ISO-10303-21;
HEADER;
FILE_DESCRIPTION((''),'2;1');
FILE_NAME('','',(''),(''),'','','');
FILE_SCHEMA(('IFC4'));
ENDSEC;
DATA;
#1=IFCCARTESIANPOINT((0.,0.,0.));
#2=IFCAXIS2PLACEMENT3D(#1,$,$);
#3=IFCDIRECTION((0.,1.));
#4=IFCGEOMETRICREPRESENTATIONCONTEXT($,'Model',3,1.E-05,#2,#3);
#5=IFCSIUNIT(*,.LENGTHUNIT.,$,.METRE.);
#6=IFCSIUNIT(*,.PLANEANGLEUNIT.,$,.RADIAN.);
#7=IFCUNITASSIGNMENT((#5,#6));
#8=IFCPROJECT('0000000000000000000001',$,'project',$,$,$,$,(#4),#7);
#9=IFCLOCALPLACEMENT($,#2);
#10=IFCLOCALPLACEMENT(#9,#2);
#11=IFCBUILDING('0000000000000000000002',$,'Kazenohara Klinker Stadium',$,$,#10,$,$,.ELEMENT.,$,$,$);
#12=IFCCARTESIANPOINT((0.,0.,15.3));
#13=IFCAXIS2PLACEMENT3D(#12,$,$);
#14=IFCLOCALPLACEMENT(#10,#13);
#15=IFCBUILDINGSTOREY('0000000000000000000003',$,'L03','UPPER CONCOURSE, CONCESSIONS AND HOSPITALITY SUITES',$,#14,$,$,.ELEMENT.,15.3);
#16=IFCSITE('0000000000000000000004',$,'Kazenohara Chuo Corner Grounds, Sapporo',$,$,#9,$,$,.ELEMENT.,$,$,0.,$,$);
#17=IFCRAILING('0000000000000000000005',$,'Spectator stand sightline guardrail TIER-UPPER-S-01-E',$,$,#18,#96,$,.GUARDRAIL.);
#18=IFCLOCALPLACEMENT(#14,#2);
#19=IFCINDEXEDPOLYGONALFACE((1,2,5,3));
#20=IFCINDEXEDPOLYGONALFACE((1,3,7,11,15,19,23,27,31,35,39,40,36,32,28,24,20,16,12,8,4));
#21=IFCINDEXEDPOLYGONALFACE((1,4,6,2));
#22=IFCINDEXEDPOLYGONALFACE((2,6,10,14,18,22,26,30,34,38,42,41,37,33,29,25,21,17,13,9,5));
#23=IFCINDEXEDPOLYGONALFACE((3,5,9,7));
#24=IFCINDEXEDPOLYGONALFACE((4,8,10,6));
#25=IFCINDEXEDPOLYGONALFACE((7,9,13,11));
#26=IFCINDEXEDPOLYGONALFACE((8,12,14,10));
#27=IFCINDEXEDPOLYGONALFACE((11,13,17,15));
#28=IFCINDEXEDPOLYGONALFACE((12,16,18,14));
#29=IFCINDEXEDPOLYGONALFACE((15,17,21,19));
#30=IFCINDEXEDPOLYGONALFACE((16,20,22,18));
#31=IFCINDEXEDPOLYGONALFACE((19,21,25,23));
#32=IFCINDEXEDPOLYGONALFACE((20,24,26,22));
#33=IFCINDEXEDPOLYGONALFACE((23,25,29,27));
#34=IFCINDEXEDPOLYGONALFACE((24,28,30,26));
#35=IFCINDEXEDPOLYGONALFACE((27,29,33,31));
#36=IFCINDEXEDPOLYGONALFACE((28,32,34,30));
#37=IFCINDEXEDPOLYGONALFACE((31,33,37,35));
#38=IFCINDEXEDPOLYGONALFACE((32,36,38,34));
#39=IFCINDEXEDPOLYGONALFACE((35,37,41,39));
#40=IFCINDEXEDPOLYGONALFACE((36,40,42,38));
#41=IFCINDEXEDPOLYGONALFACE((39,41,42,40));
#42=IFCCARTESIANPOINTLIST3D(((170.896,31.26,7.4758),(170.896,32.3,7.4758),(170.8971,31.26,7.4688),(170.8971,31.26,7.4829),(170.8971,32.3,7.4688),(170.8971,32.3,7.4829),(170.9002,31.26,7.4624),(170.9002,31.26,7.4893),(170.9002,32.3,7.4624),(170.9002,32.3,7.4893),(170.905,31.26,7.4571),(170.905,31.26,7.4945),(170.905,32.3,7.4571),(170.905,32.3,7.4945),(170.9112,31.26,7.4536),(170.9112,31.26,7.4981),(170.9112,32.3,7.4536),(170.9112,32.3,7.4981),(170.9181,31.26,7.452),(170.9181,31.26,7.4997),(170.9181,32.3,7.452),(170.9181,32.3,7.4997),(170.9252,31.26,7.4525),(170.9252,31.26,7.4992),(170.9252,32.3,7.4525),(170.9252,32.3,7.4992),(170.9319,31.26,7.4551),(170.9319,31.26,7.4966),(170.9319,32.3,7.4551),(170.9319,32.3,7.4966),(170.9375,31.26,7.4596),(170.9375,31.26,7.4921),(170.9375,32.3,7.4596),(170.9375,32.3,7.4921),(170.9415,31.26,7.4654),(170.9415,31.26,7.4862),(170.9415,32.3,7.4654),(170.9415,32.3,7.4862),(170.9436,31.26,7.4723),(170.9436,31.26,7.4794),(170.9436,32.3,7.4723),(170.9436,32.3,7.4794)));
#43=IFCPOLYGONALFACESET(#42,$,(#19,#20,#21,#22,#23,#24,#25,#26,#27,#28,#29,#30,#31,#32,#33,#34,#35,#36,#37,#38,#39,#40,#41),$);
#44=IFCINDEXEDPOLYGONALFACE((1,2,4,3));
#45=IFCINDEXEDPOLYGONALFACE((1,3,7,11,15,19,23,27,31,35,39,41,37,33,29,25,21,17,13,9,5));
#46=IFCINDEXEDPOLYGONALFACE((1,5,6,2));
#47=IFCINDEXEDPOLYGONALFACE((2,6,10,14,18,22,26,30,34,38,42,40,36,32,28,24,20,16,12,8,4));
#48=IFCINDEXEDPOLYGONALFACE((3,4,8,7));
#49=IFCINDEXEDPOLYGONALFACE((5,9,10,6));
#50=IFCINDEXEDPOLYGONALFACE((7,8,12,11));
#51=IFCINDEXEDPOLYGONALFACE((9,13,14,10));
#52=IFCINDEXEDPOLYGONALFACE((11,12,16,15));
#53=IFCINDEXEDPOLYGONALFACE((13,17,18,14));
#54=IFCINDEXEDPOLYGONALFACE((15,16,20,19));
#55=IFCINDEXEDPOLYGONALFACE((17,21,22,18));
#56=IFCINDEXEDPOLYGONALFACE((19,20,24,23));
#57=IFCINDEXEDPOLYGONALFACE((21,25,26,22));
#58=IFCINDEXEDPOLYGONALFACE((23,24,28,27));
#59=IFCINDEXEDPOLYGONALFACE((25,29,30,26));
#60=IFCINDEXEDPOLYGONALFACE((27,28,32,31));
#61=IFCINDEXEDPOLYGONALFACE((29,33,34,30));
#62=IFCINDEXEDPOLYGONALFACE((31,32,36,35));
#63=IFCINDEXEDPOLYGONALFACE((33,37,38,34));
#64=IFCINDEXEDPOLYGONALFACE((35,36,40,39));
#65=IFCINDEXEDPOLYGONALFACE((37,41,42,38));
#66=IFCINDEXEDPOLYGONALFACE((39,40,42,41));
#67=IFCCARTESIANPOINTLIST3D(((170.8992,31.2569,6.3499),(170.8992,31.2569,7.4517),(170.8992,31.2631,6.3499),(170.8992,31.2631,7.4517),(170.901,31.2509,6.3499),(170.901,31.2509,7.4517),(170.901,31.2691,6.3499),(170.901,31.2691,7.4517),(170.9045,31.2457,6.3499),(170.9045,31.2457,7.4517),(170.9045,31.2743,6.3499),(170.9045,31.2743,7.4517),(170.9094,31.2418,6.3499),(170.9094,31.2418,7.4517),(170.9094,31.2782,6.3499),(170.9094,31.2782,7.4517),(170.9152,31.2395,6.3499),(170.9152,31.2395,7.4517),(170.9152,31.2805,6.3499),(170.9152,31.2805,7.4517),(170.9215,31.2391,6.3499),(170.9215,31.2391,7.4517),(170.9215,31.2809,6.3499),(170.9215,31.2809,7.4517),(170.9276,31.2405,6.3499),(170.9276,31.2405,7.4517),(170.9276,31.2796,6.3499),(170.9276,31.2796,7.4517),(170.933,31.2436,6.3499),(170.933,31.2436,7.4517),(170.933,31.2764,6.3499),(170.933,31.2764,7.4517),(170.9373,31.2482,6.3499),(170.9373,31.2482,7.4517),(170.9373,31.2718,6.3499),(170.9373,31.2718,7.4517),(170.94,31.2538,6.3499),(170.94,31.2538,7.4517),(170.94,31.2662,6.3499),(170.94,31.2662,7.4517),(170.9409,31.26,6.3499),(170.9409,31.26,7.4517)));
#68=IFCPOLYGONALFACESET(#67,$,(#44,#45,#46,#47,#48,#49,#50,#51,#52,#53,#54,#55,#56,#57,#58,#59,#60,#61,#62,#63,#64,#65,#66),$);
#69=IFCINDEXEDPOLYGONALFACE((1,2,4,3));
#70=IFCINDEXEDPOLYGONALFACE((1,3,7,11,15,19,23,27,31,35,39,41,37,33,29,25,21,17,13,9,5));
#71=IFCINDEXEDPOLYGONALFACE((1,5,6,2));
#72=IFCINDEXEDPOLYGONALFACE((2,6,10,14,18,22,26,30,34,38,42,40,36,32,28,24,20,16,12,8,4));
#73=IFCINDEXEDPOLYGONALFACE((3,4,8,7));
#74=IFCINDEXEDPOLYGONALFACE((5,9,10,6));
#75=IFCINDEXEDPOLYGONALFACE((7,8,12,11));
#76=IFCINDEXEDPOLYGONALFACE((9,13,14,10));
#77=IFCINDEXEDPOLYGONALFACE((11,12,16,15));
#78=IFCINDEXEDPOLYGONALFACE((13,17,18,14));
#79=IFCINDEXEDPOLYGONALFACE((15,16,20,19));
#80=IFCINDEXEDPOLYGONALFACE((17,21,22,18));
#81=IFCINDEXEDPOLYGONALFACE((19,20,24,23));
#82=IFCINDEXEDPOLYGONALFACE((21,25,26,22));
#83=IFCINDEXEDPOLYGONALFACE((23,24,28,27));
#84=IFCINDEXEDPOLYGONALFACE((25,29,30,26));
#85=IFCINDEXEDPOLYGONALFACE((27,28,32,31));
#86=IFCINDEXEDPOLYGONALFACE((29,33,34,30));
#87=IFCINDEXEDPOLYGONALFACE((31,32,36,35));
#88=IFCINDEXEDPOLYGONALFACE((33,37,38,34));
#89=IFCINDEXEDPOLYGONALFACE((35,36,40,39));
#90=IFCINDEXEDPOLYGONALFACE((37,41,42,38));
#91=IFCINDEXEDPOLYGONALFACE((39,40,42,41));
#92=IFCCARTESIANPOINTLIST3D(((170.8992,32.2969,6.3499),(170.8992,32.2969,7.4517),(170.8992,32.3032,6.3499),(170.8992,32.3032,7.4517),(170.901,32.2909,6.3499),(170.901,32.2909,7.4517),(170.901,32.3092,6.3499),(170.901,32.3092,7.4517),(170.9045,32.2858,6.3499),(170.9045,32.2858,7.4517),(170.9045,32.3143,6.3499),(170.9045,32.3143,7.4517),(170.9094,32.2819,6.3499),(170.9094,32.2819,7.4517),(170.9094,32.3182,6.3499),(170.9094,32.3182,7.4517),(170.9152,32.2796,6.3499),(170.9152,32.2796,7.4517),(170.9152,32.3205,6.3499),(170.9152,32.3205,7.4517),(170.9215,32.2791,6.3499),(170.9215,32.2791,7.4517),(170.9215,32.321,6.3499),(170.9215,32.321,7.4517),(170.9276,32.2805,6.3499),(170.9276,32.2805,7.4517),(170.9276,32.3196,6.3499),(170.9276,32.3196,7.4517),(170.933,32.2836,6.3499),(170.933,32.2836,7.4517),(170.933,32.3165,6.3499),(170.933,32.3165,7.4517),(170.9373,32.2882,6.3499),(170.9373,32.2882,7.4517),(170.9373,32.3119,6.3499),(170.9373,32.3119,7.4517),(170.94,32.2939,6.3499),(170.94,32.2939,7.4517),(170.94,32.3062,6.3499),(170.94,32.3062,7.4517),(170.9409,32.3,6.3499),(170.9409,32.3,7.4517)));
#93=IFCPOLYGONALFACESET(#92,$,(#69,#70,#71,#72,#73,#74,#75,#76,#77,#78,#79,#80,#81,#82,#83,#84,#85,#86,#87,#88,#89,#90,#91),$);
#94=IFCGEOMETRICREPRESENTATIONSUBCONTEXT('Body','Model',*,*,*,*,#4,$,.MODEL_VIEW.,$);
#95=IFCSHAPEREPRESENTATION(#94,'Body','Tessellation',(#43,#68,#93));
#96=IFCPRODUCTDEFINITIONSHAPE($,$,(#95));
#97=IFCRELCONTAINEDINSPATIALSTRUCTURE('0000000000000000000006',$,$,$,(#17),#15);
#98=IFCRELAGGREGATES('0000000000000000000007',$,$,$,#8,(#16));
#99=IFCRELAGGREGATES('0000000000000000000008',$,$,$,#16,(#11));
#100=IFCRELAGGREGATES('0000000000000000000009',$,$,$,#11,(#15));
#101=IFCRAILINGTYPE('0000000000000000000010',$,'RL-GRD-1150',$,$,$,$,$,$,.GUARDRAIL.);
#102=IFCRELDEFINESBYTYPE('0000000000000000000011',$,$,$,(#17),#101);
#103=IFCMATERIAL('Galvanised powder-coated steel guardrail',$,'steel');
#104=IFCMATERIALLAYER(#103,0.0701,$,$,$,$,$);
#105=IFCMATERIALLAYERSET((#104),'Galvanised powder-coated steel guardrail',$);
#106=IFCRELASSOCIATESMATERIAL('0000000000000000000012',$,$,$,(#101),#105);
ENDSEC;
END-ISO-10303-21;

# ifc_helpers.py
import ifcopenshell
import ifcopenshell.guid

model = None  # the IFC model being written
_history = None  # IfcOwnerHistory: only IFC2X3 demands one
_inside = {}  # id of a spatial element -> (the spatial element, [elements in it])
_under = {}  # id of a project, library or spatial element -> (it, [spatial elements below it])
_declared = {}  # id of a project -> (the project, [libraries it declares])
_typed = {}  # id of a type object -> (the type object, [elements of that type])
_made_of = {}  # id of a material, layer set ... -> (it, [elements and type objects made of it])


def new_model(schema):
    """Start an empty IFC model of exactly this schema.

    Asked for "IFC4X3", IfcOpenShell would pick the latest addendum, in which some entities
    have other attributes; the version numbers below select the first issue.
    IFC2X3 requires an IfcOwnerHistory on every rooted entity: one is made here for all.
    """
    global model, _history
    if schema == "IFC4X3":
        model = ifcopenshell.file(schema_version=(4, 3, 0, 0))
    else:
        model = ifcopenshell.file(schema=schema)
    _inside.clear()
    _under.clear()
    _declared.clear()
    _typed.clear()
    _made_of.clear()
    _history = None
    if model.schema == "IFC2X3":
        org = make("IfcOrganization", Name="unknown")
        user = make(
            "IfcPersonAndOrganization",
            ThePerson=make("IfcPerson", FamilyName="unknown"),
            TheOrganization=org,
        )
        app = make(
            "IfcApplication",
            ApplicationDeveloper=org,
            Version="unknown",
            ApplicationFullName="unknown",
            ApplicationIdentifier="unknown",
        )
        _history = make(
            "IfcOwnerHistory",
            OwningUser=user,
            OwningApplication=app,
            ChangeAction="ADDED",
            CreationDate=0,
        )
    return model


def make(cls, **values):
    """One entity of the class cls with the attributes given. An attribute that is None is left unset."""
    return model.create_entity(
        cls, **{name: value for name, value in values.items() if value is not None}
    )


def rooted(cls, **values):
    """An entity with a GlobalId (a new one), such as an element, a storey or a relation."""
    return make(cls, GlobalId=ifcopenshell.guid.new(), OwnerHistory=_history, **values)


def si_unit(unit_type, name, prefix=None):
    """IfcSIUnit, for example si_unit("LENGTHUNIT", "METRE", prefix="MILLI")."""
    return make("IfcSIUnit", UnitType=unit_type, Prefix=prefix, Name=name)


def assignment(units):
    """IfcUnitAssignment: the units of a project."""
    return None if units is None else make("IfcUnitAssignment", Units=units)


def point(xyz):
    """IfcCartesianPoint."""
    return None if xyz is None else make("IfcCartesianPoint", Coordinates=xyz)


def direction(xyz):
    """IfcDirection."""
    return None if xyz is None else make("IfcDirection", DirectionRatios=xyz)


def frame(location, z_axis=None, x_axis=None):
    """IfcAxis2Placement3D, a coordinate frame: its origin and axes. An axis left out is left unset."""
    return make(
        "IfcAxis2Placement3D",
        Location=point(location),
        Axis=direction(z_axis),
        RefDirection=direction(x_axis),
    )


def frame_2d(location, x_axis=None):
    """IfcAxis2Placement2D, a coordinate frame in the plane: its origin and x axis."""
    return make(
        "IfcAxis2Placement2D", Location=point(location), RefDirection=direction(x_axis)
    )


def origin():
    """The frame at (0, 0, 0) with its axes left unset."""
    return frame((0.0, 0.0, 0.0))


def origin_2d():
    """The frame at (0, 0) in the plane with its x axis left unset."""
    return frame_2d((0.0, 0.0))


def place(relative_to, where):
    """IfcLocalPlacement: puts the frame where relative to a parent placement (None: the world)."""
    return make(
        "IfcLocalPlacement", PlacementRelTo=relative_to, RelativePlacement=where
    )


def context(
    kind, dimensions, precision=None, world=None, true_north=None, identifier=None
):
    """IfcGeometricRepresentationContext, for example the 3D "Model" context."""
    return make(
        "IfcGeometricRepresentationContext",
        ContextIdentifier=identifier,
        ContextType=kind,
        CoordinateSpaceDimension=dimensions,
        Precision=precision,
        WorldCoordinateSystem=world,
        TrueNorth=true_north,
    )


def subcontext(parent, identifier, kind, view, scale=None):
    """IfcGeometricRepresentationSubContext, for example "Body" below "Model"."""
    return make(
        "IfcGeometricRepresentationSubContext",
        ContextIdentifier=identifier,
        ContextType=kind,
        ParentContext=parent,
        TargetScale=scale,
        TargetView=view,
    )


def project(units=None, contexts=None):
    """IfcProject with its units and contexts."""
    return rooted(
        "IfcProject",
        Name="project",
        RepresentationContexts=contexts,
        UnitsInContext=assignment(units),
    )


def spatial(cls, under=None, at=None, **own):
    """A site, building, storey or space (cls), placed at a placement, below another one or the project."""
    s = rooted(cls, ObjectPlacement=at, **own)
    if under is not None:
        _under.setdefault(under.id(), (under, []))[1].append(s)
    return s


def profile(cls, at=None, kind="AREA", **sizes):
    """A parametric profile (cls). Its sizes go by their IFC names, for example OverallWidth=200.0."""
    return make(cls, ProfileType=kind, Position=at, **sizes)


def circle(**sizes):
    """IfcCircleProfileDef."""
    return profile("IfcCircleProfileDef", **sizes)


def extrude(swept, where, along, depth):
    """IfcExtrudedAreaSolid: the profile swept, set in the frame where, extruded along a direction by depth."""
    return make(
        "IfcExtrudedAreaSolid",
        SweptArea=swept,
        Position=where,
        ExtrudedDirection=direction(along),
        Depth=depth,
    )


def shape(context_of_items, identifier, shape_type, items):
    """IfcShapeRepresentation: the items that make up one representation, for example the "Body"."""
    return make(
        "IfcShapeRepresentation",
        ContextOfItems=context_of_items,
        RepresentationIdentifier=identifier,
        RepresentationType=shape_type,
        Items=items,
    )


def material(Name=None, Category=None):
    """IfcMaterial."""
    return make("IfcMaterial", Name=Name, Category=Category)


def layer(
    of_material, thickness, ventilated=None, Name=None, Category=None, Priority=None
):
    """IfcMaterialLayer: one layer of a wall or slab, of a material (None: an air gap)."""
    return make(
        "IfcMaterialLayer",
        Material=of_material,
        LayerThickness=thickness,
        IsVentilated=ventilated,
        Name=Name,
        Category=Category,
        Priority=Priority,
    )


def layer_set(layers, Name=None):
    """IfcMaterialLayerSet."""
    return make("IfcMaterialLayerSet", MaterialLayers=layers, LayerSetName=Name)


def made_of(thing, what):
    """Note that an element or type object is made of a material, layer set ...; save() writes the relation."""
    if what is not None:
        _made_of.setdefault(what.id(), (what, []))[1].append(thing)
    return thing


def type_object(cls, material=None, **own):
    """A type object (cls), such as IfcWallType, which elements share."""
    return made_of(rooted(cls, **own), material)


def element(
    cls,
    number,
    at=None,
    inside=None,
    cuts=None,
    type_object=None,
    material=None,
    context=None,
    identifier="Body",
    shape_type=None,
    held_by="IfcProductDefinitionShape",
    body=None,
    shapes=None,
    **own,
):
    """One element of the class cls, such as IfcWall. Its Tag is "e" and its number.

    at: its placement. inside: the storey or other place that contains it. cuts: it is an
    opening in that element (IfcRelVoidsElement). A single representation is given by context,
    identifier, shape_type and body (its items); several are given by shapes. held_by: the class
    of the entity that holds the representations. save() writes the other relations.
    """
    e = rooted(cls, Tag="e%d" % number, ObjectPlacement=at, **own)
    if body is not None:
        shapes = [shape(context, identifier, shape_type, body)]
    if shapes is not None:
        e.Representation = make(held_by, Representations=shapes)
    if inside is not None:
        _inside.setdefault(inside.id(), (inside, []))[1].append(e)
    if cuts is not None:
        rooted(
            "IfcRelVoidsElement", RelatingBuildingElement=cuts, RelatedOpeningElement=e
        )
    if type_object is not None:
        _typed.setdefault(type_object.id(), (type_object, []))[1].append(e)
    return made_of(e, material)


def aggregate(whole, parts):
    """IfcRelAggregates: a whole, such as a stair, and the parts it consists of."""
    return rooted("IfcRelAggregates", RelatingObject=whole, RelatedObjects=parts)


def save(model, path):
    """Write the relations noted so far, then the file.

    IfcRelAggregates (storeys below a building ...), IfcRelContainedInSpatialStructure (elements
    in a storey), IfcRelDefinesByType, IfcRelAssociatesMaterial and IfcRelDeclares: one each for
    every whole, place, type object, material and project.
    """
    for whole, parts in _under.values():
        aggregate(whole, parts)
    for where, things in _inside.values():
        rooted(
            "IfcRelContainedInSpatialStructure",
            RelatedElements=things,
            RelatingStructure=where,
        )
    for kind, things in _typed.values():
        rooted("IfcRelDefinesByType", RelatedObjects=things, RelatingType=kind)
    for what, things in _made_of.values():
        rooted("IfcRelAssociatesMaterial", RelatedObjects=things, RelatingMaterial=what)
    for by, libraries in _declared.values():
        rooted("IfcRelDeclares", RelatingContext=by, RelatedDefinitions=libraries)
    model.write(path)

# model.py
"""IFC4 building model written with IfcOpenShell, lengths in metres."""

from ifc_helpers import new_model, si_unit, direction, frame, origin, origin_2d, place, context, subcontext, project, spatial, circle, extrude, material, layer, layer_set, type_object, element, save


model = new_model("IFC4")

# Units and contexts
model_context = context("Model", 3, precision=1e-05, world=origin(), true_north=direction((0.0, 1.0)))
body_context = subcontext(model_context, "Body", "Model", "MODEL_VIEW")
ifc_project = project(units=[si_unit("LENGTHUNIT", "METRE"), si_unit("PLANEANGLEUNIT", "RADIAN")], contexts=[model_context])

# Site, building, storey
site_placement = place(None, origin())
site = spatial("IfcSite", under=ifc_project, at=site_placement, Name="Kazenohara Chuo Corner Grounds, Sapporo", CompositionType="ELEMENT", RefElevation=0.0)
building_placement = place(site_placement, origin())
building = spatial("IfcBuilding", under=site, at=building_placement, Name="Kazenohara Klinker Stadium", CompositionType="ELEMENT")
storey_placement = place(building_placement, frame((0.0, 0.0, 15.3)))
storey = spatial("IfcBuildingStorey", under=building, at=storey_placement, Name="L03", Description="UPPER CONCOURSE, CONCESSIONS AND HOSPITALITY SUITES", CompositionType="ELEMENT", Elevation=15.3)

# Railing
ifc_material_1 = material(Name="Galvanised powder-coated steel guardrail", Category="steel")
ifc_layer_1 = layer(ifc_material_1, 0.0701)
ifc_layer_set_1 = layer_set([ifc_layer_1], Name="Galvanised powder-coated steel guardrail")
railing_type_1 = type_object("IfcRailingType", Name="RL-GRD-1150", PredefinedType="GUARDRAIL", material=ifc_layer_set_1)
railing_1_placement = place(storey_placement, frame((170.9199, 31.26, 6.3499)))
element("IfcRailing", 1, at=railing_1_placement, inside=storey, type_object=railing_type_1, Name="Spectator stand sightline guardrail TIER-UPPER-S-01-E", PredefinedType="GUARDRAIL", context=body_context, shape_type="SweptSolid", body=[
    extrude(circle(Radius=0.0239, at=origin_2d()), frame((0.0, 0.0, 1.126), z_axis=(0.0, 1.0, 0.0), x_axis=(-1.0, 0.0, 0.0)), (0.0, 0.0, 1.0), 1.04),
    extrude(circle(Radius=0.021, at=origin_2d()), origin(), (0.0, 0.0, 1.0), 1.1018),
    extrude(circle(Radius=0.021, at=origin_2d()), frame((0.0, 1.04, 0.0)), (0.0, 0.0, 1.0), 1.1018),
])

save(model, "model.ifc")
